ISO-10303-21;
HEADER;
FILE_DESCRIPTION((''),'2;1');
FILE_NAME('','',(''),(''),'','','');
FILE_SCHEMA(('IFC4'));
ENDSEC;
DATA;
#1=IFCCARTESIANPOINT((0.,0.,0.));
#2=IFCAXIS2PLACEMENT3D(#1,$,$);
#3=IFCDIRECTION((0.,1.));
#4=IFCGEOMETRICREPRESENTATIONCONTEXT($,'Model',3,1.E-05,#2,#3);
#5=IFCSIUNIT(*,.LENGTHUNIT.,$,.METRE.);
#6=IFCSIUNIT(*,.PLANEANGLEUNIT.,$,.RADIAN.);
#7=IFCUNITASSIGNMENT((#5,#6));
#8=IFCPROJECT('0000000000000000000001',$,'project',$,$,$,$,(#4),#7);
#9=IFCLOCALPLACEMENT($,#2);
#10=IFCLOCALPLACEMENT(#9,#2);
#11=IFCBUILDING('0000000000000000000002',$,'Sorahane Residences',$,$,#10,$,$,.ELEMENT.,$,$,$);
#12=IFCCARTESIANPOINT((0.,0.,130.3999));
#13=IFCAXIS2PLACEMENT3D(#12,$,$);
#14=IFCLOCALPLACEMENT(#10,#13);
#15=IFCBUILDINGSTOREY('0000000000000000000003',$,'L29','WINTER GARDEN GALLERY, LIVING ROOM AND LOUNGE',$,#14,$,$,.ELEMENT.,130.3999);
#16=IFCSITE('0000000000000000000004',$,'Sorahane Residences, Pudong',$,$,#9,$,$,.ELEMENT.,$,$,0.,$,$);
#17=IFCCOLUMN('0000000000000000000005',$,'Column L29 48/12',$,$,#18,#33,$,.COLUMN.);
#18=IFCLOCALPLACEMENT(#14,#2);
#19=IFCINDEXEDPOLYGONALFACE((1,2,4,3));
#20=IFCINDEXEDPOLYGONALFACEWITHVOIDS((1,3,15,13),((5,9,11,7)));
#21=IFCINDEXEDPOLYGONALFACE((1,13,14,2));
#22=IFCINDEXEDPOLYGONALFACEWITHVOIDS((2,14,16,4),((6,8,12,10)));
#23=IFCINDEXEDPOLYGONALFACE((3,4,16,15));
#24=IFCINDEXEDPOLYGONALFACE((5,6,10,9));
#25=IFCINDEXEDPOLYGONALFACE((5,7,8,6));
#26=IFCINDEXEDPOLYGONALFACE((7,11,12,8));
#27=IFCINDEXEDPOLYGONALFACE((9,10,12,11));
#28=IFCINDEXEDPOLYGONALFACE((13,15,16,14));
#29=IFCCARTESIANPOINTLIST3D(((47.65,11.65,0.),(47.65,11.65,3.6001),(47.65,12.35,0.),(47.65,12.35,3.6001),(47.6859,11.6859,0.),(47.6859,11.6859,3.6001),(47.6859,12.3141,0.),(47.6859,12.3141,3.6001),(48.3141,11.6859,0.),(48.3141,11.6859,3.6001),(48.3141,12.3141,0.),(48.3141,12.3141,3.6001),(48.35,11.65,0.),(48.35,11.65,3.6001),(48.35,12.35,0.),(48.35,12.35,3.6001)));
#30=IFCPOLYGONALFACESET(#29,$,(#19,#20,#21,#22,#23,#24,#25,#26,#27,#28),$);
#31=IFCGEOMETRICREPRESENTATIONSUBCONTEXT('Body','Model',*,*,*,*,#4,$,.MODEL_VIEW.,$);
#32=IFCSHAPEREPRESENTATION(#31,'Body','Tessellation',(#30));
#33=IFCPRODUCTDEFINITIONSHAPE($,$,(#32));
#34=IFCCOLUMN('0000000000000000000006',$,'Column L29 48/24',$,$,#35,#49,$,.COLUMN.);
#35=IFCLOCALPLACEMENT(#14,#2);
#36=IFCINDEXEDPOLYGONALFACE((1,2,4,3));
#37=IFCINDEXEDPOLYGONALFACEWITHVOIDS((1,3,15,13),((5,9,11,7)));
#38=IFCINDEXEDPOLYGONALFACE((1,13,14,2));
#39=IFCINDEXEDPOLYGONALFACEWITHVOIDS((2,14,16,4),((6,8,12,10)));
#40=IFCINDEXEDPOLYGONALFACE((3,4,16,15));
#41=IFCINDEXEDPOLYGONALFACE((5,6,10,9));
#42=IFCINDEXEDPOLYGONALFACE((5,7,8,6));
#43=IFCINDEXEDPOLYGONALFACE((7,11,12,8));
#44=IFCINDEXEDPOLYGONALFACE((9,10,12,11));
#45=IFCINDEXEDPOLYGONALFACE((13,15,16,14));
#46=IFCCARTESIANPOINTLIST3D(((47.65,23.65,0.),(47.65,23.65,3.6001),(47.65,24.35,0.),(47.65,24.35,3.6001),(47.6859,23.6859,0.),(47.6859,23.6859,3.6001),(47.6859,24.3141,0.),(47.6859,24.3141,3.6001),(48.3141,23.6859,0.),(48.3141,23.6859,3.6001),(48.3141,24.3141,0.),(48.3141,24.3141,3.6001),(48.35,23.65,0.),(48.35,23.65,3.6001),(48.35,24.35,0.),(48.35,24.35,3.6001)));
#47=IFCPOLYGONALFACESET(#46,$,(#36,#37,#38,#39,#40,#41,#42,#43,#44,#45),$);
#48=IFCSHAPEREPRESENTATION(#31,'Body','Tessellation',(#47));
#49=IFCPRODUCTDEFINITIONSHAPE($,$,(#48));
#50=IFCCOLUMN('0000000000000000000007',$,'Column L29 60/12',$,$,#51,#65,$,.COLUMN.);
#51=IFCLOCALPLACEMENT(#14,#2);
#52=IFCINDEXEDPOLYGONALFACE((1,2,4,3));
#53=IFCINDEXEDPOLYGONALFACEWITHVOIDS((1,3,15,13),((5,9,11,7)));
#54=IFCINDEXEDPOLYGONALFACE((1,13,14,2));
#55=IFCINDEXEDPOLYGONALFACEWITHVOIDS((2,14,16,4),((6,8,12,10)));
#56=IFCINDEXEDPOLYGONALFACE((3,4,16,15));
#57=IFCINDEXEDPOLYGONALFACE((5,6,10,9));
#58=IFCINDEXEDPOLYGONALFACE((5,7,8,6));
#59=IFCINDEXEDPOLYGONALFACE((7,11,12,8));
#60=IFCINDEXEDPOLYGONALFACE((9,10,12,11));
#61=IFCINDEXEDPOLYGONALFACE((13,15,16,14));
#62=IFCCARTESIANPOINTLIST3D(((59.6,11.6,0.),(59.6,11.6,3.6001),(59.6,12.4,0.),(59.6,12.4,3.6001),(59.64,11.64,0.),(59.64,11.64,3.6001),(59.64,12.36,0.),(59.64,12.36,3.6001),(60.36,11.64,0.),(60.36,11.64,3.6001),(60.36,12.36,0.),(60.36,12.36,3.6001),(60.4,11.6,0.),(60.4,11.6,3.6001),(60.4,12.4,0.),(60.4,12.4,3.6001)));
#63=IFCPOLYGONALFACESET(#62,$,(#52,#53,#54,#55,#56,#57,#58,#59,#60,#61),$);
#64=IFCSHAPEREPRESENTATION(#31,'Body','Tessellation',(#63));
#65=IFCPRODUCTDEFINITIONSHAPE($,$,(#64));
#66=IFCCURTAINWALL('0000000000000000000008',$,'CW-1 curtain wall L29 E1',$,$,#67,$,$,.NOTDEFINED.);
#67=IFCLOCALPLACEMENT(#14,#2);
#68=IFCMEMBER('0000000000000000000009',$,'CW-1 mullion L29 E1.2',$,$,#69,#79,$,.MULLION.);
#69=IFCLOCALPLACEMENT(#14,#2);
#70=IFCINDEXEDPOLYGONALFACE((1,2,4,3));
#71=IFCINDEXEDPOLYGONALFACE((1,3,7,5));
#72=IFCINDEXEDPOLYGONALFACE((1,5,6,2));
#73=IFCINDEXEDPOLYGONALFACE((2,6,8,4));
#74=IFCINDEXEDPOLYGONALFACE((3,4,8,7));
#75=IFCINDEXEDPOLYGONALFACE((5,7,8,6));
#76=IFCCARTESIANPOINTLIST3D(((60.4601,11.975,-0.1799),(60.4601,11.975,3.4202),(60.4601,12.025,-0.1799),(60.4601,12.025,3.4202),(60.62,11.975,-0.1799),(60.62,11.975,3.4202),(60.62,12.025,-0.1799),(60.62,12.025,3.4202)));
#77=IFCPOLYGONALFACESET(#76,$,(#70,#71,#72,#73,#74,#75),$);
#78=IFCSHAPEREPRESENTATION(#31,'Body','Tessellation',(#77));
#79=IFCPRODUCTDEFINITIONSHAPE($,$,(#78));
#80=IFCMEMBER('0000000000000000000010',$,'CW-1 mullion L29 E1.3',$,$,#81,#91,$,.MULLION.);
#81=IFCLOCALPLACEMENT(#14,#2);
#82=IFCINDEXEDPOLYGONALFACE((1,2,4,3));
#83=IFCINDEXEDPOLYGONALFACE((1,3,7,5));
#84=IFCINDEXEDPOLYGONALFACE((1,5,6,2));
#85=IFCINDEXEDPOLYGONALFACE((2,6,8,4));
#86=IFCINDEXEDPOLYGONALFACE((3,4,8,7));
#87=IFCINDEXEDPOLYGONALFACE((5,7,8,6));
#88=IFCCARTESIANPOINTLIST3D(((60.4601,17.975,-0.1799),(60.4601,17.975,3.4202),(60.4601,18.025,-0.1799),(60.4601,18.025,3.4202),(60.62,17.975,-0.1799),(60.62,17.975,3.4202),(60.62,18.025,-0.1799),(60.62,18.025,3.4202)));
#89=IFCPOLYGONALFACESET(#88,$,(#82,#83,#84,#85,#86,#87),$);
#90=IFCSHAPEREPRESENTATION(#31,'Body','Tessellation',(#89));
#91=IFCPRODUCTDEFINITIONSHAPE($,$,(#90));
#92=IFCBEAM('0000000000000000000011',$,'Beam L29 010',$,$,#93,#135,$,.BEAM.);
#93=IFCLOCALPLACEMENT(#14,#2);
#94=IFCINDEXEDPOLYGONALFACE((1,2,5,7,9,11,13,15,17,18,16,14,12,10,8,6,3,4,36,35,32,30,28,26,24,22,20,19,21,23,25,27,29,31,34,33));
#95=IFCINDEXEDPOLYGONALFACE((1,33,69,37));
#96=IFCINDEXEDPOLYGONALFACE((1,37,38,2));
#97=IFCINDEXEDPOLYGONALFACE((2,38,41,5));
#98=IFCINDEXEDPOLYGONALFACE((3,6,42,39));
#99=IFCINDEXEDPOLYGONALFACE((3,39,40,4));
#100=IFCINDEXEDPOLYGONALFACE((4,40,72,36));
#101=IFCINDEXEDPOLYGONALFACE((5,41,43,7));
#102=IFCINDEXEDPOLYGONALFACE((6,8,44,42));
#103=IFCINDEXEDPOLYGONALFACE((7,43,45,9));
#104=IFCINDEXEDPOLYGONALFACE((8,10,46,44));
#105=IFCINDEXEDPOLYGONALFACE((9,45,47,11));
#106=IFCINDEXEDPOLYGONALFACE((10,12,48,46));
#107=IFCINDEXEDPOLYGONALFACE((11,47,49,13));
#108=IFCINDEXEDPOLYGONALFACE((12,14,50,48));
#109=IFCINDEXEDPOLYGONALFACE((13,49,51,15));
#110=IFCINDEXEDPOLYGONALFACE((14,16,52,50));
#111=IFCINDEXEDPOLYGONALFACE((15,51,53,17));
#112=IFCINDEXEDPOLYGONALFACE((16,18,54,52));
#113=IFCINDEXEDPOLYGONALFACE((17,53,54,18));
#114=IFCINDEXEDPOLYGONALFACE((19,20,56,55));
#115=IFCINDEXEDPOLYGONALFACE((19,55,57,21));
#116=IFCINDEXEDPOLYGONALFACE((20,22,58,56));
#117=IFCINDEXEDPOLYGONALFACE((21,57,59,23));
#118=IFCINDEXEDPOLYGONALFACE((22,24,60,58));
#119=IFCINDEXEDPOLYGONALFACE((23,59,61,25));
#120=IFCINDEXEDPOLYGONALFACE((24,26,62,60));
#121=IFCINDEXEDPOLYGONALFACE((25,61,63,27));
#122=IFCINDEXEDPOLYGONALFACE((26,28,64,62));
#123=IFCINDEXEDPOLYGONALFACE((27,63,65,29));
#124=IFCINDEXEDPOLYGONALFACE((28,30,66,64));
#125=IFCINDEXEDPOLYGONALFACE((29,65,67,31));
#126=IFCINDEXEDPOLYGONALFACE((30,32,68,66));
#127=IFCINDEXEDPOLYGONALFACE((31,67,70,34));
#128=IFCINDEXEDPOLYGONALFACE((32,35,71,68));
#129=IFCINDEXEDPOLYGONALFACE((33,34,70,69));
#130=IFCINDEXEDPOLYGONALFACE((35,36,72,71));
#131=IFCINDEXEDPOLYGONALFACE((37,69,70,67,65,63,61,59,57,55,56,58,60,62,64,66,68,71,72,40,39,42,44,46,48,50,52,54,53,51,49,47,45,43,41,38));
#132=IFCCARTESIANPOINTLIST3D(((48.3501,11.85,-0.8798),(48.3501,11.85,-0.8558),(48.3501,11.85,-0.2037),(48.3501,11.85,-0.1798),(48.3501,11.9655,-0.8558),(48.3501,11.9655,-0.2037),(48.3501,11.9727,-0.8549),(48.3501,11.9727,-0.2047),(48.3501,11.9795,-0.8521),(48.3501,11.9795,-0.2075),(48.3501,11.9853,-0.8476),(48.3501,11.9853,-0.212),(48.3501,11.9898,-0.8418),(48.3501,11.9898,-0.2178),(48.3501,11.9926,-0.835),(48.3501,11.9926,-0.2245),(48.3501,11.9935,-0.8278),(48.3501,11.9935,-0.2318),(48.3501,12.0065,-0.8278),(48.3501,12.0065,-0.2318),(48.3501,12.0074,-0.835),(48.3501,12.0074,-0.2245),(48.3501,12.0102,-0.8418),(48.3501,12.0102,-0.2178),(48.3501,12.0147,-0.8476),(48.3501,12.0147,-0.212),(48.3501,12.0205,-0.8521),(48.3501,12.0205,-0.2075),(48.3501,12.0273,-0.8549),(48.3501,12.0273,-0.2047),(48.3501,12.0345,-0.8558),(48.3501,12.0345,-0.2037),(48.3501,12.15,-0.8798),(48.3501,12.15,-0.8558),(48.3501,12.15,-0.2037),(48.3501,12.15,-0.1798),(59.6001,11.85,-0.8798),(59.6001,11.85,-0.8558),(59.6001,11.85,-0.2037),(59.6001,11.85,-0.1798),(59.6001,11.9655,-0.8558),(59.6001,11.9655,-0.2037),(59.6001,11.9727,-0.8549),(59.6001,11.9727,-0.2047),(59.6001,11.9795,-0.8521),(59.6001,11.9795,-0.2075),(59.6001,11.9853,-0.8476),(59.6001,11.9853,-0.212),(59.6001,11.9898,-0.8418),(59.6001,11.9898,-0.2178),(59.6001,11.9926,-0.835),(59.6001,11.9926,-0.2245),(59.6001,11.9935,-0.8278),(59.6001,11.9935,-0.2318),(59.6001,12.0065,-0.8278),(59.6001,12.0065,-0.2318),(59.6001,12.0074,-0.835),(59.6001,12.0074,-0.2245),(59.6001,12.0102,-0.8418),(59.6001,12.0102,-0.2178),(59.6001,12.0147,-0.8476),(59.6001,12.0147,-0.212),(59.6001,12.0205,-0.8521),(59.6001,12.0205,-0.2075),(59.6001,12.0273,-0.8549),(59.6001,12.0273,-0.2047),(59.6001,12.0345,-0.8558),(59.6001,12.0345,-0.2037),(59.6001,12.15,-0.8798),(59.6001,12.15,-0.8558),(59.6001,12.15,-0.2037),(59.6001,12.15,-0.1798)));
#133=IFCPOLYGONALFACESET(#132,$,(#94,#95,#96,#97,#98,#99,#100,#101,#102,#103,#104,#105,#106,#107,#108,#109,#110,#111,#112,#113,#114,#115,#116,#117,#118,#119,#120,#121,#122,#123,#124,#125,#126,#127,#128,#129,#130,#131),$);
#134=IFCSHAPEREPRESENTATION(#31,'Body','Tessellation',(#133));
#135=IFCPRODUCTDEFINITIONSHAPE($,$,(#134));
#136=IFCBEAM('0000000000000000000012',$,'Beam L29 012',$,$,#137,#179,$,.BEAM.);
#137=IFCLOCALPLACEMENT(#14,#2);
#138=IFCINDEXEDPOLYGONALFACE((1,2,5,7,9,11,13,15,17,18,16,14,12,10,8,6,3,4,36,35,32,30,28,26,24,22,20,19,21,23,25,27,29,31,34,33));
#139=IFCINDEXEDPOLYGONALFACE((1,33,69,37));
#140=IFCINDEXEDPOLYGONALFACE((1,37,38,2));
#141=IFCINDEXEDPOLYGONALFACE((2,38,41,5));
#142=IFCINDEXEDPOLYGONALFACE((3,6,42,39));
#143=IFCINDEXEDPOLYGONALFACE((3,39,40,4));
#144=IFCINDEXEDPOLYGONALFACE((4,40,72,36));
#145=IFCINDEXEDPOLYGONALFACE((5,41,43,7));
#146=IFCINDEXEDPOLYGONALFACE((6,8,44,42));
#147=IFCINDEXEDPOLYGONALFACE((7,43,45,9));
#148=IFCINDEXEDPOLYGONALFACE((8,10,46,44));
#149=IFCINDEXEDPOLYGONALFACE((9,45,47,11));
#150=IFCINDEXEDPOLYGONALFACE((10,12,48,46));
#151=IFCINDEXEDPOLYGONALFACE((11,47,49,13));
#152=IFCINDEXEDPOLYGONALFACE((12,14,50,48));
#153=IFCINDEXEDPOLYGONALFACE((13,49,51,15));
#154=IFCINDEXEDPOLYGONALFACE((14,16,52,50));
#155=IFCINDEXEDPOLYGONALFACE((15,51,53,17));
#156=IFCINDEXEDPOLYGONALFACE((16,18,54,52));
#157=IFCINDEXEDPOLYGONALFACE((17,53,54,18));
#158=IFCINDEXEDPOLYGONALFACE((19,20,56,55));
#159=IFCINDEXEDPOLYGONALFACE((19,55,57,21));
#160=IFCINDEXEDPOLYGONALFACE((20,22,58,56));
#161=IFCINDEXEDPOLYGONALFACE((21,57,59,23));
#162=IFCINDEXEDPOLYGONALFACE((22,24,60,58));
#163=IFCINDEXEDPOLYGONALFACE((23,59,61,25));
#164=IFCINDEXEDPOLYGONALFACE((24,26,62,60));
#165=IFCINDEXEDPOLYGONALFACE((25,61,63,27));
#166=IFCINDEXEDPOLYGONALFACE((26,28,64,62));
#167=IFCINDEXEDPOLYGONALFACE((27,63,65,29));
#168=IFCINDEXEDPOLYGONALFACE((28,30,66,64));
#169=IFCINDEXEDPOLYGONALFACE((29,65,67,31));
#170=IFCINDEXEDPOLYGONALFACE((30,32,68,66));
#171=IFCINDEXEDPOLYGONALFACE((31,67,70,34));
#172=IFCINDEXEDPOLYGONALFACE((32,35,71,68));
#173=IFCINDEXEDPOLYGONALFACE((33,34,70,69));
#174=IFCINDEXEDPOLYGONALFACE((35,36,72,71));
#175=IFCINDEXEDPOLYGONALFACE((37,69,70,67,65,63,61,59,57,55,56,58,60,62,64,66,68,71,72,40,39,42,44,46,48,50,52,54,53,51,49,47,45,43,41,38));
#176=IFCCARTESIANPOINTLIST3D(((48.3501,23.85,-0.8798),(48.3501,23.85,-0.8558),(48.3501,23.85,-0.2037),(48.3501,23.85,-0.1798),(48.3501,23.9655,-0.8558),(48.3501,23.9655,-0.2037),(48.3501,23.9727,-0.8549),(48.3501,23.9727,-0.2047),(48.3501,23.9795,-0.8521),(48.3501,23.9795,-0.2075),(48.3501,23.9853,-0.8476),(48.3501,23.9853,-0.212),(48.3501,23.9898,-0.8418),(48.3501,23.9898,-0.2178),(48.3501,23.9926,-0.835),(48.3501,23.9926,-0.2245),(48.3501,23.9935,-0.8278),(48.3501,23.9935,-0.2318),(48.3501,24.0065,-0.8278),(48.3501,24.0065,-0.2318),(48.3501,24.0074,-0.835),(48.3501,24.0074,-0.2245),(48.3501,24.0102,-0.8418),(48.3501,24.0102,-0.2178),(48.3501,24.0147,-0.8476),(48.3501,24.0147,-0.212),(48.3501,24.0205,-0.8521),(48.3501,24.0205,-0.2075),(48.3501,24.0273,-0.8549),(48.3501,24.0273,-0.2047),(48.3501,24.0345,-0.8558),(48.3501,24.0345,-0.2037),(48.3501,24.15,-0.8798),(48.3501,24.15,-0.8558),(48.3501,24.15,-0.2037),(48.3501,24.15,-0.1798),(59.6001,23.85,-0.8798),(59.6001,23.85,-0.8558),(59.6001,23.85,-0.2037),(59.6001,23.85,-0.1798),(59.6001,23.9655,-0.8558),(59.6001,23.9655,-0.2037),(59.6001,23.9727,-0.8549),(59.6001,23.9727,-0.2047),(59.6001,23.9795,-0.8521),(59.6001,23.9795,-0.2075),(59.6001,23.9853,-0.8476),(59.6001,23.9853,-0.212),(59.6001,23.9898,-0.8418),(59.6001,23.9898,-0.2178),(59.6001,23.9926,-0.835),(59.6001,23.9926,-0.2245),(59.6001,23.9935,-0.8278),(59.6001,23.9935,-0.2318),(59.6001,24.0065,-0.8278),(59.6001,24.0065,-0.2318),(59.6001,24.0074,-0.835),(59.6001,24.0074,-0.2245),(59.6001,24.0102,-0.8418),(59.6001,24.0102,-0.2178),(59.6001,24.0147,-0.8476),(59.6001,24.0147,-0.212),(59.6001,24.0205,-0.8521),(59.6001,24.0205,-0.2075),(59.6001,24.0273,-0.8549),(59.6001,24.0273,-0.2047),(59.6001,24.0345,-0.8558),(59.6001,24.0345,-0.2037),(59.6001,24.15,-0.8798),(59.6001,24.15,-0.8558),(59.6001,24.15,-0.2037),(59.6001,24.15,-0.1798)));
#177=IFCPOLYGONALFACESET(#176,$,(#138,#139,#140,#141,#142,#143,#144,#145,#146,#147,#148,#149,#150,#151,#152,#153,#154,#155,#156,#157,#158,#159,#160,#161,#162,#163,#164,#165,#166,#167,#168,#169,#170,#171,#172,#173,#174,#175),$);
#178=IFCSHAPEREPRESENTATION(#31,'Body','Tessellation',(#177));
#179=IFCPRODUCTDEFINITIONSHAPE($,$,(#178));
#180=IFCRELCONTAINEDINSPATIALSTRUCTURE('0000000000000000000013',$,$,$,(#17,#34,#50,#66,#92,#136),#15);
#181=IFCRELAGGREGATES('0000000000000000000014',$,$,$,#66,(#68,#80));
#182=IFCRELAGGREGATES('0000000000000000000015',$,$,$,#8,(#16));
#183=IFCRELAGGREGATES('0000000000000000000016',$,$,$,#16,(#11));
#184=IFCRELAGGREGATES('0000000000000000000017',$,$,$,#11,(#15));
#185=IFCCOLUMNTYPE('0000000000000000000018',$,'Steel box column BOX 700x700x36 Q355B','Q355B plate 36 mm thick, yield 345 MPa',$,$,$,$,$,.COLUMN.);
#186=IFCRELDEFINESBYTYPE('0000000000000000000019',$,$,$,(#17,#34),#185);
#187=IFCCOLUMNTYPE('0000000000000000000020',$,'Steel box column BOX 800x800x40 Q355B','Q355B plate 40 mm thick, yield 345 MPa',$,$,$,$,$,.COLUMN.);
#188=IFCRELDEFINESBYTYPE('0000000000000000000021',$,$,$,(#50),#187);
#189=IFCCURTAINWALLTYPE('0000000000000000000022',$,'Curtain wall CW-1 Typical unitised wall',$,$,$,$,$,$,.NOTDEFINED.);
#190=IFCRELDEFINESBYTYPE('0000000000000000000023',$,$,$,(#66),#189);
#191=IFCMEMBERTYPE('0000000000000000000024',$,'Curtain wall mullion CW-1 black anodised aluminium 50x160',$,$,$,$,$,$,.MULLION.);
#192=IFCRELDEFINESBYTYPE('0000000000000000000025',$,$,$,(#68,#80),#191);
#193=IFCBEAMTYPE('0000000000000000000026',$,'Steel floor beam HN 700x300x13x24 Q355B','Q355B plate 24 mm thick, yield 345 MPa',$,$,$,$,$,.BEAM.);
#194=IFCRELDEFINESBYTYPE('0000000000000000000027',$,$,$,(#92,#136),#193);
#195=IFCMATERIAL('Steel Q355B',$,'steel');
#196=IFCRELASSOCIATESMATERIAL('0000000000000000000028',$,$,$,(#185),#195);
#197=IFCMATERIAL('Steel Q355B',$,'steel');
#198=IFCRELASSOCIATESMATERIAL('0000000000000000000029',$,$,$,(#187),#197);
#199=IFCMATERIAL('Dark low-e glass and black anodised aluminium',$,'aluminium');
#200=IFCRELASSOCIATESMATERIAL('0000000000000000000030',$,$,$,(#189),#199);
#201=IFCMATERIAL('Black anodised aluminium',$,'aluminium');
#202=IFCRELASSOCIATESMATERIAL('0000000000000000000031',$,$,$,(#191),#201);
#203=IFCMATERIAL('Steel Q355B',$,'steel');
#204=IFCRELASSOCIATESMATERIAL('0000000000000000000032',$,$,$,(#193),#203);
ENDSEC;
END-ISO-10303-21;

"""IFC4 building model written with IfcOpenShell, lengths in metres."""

from ifc_helpers import new_model, si_unit, direction, frame, origin, origin_2d, place, context, subcontext, project, spatial, rectangle, hollow_rectangle, i_section, extrude, material, material_profile, profile_set, type_object, element, aggregate, save


model = new_model("IFC4")

# Units and contexts
model_context = context("Model", 3, precision=1e-05, world=origin(), true_north=direction((0.0, 1.0)))
body_context = subcontext(model_context, "Body", "Model", "MODEL_VIEW")
ifc_project = project(units=[si_unit("LENGTHUNIT", "METRE"), si_unit("PLANEANGLEUNIT", "RADIAN")], contexts=[model_context])

# Site, building, storey
site_placement = place(None, origin())
site = spatial("IfcSite", under=ifc_project, at=site_placement, Name="Sorahane Residences, Pudong", CompositionType="ELEMENT", RefElevation=0.0)
building_placement = place(site_placement, origin())
building = spatial("IfcBuilding", under=site, at=building_placement, Name="Sorahane Residences", CompositionType="ELEMENT")
storey_placement = place(building_placement, frame((0.0, 0.0, 130.3999)))
storey = spatial("IfcBuildingStorey", under=building, at=storey_placement, Name="L29", Description="WINTER GARDEN GALLERY, LIVING ROOM AND LOUNGE", CompositionType="ELEMENT", Elevation=130.3999)

# Columns
ifc_material_1 = material(Name="Steel Q355B", Category="steel")
ifc_material_profile_1 = material_profile(ifc_material_1, hollow_rectangle(XDim=0.7, YDim=0.7, WallThickness=0.0359, at=origin_2d()), Name="BOX 700x700x36")
ifc_profile_set_1 = profile_set([ifc_material_profile_1], Name="Steel Q355B")
column_type_1 = type_object("IfcColumnType", Name="Steel box column BOX 700x700x36 Q355B", Description="Q355B plate 36 mm thick, yield 345 MPa", PredefinedType="COLUMN", material=ifc_profile_set_1)
for number, where, z_axis, x_axis, name in (
    (1, (48.0, 12.0, 0.0), (0.0, 0.0, 1.0), (1.0, 0.0, 0.0), "Column L29 48/12"),
    (2, (48.0, 24.0, 0.0), (0.0, 0.0, 1.0), (1.0, 0.0, 0.0), "Column L29 48/24"),
):
    element("IfcColumn", number, at=place(storey_placement, frame(where, z_axis=z_axis, x_axis=x_axis)), inside=storey, type_object=column_type_1, Name=name, PredefinedType="COLUMN", context=body_context, shape_type="SweptSolid", body=[
        extrude(hollow_rectangle(XDim=0.7, YDim=0.7, WallThickness=0.0359, at=origin_2d()), origin(), (0.0, 0.0, 1.0), 3.6001),
    ])
ifc_material_2 = material(Name="Steel Q355B", Category="steel")
ifc_material_profile_2 = material_profile(ifc_material_2, hollow_rectangle(XDim=0.8, YDim=0.8, WallThickness=0.04, at=origin_2d()), Name="BOX 800x800x40")
ifc_profile_set_2 = profile_set([ifc_material_profile_2], Name="Steel Q355B")
column_type_2 = type_object("IfcColumnType", Name="Steel box column BOX 800x800x40 Q355B", Description="Q355B plate 40 mm thick, yield 345 MPa", PredefinedType="COLUMN", material=ifc_profile_set_2)
column_placement = place(storey_placement, frame((60.0, 12.0, 0.0), z_axis=(0.0, 0.0, 1.0), x_axis=(1.0, 0.0, 0.0)))
element("IfcColumn", 3, at=column_placement, inside=storey, type_object=column_type_2, Name="Column L29 60/12", PredefinedType="COLUMN", context=body_context, shape_type="SweptSolid", body=[
    extrude(hollow_rectangle(XDim=0.8, YDim=0.8, WallThickness=0.04, at=origin_2d()), origin(), (0.0, 0.0, 1.0), 3.6001),
])

# Curtain wall, members
ifc_material_3 = material(Name="Dark low-e glass and black anodised aluminium", Category="aluminium")
curtain_wall_type = type_object("IfcCurtainWallType", Name="Curtain wall CW-1 Typical unitised wall", PredefinedType="NOTDEFINED", material=ifc_material_3)
curtain_wall_placement = place(storey_placement, origin())
curtain_wall = element("IfcCurtainWall", 4, at=curtain_wall_placement, inside=storey, type_object=curtain_wall_type, Name="CW-1 curtain wall L29 E1", PredefinedType="NOTDEFINED")
ifc_material_4 = material(Name="Black anodised aluminium", Category="aluminium")
ifc_material_profile_3 = material_profile(ifc_material_4, rectangle(XDim=0.1599, YDim=0.05, at=origin_2d()), Name="Curtain wall mullion CW-1 black anodised aluminium 50x160")
ifc_profile_set_3 = profile_set([ifc_material_profile_3], Name="Black anodised aluminium")
member_type = type_object("IfcMemberType", Name="Curtain wall mullion CW-1 black anodised aluminium 50x160", PredefinedType="MULLION", material=ifc_profile_set_3)
member_1_placement = place(storey_placement, frame((60.54, 12.0, -0.1799), z_axis=(0.0, 0.0, 1.0), x_axis=(1.0, 0.0, 0.0)))
member_1 = element("IfcMember", 5, at=member_1_placement, type_object=member_type, Name="CW-1 mullion L29 E1.2", PredefinedType="MULLION", context=body_context, shape_type="SweptSolid", body=[
    extrude(rectangle(XDim=0.1599, YDim=0.05, at=origin_2d()), origin(), (0.0, 0.0, 1.0), 3.6001),
])
member_2_placement = place(storey_placement, frame((60.54, 18.0, -0.1799), z_axis=(0.0, 0.0, 1.0), x_axis=(1.0, 0.0, 0.0)))
member_2 = element("IfcMember", 6, at=member_2_placement, type_object=member_type, Name="CW-1 mullion L29 E1.3", PredefinedType="MULLION", context=body_context, shape_type="SweptSolid", body=[
    extrude(rectangle(XDim=0.1599, YDim=0.05, at=origin_2d()), origin(), (0.0, 0.0, 1.0), 3.6001),
])

# Beams
ifc_material_5 = material(Name="Steel Q355B", Category="steel")
ifc_material_profile_4 = material_profile(ifc_material_5, i_section(OverallWidth=0.3, OverallDepth=0.7, WebThickness=0.0129, FlangeThickness=0.0239, FilletRadius=0.0281, at=origin_2d()), Name="HN 700x300x13x24")
ifc_profile_set_4 = profile_set([ifc_material_profile_4], Name="Steel Q355B")
beam_type = type_object("IfcBeamType", Name="Steel floor beam HN 700x300x13x24 Q355B", Description="Q355B plate 24 mm thick, yield 345 MPa", PredefinedType="BEAM", material=ifc_profile_set_4)
for number, where, z_axis, x_axis, name in (
    (7, (48.3501, 12.0, -0.5298), (1.0, 0.0, 0.0), (0.0, 1.0, 0.0), "Beam L29 010"),
    (8, (48.3501, 24.0, -0.5298), (1.0, 0.0, 0.0), (0.0, 1.0, 0.0), "Beam L29 012"),
):
    element("IfcBeam", number, at=place(storey_placement, frame(where, z_axis=z_axis, x_axis=x_axis)), inside=storey, type_object=beam_type, Name=name, PredefinedType="BEAM", context=body_context, shape_type="SweptSolid", body=[
        extrude(i_section(OverallWidth=0.3, OverallDepth=0.7, WebThickness=0.0129, FlangeThickness=0.0239, FilletRadius=0.0281, at=origin_2d()), origin(), (0.0, 0.0, 1.0), 11.25),
    ])

aggregate(curtain_wall, [member_1, member_2])

save(model, "model.ifc")
